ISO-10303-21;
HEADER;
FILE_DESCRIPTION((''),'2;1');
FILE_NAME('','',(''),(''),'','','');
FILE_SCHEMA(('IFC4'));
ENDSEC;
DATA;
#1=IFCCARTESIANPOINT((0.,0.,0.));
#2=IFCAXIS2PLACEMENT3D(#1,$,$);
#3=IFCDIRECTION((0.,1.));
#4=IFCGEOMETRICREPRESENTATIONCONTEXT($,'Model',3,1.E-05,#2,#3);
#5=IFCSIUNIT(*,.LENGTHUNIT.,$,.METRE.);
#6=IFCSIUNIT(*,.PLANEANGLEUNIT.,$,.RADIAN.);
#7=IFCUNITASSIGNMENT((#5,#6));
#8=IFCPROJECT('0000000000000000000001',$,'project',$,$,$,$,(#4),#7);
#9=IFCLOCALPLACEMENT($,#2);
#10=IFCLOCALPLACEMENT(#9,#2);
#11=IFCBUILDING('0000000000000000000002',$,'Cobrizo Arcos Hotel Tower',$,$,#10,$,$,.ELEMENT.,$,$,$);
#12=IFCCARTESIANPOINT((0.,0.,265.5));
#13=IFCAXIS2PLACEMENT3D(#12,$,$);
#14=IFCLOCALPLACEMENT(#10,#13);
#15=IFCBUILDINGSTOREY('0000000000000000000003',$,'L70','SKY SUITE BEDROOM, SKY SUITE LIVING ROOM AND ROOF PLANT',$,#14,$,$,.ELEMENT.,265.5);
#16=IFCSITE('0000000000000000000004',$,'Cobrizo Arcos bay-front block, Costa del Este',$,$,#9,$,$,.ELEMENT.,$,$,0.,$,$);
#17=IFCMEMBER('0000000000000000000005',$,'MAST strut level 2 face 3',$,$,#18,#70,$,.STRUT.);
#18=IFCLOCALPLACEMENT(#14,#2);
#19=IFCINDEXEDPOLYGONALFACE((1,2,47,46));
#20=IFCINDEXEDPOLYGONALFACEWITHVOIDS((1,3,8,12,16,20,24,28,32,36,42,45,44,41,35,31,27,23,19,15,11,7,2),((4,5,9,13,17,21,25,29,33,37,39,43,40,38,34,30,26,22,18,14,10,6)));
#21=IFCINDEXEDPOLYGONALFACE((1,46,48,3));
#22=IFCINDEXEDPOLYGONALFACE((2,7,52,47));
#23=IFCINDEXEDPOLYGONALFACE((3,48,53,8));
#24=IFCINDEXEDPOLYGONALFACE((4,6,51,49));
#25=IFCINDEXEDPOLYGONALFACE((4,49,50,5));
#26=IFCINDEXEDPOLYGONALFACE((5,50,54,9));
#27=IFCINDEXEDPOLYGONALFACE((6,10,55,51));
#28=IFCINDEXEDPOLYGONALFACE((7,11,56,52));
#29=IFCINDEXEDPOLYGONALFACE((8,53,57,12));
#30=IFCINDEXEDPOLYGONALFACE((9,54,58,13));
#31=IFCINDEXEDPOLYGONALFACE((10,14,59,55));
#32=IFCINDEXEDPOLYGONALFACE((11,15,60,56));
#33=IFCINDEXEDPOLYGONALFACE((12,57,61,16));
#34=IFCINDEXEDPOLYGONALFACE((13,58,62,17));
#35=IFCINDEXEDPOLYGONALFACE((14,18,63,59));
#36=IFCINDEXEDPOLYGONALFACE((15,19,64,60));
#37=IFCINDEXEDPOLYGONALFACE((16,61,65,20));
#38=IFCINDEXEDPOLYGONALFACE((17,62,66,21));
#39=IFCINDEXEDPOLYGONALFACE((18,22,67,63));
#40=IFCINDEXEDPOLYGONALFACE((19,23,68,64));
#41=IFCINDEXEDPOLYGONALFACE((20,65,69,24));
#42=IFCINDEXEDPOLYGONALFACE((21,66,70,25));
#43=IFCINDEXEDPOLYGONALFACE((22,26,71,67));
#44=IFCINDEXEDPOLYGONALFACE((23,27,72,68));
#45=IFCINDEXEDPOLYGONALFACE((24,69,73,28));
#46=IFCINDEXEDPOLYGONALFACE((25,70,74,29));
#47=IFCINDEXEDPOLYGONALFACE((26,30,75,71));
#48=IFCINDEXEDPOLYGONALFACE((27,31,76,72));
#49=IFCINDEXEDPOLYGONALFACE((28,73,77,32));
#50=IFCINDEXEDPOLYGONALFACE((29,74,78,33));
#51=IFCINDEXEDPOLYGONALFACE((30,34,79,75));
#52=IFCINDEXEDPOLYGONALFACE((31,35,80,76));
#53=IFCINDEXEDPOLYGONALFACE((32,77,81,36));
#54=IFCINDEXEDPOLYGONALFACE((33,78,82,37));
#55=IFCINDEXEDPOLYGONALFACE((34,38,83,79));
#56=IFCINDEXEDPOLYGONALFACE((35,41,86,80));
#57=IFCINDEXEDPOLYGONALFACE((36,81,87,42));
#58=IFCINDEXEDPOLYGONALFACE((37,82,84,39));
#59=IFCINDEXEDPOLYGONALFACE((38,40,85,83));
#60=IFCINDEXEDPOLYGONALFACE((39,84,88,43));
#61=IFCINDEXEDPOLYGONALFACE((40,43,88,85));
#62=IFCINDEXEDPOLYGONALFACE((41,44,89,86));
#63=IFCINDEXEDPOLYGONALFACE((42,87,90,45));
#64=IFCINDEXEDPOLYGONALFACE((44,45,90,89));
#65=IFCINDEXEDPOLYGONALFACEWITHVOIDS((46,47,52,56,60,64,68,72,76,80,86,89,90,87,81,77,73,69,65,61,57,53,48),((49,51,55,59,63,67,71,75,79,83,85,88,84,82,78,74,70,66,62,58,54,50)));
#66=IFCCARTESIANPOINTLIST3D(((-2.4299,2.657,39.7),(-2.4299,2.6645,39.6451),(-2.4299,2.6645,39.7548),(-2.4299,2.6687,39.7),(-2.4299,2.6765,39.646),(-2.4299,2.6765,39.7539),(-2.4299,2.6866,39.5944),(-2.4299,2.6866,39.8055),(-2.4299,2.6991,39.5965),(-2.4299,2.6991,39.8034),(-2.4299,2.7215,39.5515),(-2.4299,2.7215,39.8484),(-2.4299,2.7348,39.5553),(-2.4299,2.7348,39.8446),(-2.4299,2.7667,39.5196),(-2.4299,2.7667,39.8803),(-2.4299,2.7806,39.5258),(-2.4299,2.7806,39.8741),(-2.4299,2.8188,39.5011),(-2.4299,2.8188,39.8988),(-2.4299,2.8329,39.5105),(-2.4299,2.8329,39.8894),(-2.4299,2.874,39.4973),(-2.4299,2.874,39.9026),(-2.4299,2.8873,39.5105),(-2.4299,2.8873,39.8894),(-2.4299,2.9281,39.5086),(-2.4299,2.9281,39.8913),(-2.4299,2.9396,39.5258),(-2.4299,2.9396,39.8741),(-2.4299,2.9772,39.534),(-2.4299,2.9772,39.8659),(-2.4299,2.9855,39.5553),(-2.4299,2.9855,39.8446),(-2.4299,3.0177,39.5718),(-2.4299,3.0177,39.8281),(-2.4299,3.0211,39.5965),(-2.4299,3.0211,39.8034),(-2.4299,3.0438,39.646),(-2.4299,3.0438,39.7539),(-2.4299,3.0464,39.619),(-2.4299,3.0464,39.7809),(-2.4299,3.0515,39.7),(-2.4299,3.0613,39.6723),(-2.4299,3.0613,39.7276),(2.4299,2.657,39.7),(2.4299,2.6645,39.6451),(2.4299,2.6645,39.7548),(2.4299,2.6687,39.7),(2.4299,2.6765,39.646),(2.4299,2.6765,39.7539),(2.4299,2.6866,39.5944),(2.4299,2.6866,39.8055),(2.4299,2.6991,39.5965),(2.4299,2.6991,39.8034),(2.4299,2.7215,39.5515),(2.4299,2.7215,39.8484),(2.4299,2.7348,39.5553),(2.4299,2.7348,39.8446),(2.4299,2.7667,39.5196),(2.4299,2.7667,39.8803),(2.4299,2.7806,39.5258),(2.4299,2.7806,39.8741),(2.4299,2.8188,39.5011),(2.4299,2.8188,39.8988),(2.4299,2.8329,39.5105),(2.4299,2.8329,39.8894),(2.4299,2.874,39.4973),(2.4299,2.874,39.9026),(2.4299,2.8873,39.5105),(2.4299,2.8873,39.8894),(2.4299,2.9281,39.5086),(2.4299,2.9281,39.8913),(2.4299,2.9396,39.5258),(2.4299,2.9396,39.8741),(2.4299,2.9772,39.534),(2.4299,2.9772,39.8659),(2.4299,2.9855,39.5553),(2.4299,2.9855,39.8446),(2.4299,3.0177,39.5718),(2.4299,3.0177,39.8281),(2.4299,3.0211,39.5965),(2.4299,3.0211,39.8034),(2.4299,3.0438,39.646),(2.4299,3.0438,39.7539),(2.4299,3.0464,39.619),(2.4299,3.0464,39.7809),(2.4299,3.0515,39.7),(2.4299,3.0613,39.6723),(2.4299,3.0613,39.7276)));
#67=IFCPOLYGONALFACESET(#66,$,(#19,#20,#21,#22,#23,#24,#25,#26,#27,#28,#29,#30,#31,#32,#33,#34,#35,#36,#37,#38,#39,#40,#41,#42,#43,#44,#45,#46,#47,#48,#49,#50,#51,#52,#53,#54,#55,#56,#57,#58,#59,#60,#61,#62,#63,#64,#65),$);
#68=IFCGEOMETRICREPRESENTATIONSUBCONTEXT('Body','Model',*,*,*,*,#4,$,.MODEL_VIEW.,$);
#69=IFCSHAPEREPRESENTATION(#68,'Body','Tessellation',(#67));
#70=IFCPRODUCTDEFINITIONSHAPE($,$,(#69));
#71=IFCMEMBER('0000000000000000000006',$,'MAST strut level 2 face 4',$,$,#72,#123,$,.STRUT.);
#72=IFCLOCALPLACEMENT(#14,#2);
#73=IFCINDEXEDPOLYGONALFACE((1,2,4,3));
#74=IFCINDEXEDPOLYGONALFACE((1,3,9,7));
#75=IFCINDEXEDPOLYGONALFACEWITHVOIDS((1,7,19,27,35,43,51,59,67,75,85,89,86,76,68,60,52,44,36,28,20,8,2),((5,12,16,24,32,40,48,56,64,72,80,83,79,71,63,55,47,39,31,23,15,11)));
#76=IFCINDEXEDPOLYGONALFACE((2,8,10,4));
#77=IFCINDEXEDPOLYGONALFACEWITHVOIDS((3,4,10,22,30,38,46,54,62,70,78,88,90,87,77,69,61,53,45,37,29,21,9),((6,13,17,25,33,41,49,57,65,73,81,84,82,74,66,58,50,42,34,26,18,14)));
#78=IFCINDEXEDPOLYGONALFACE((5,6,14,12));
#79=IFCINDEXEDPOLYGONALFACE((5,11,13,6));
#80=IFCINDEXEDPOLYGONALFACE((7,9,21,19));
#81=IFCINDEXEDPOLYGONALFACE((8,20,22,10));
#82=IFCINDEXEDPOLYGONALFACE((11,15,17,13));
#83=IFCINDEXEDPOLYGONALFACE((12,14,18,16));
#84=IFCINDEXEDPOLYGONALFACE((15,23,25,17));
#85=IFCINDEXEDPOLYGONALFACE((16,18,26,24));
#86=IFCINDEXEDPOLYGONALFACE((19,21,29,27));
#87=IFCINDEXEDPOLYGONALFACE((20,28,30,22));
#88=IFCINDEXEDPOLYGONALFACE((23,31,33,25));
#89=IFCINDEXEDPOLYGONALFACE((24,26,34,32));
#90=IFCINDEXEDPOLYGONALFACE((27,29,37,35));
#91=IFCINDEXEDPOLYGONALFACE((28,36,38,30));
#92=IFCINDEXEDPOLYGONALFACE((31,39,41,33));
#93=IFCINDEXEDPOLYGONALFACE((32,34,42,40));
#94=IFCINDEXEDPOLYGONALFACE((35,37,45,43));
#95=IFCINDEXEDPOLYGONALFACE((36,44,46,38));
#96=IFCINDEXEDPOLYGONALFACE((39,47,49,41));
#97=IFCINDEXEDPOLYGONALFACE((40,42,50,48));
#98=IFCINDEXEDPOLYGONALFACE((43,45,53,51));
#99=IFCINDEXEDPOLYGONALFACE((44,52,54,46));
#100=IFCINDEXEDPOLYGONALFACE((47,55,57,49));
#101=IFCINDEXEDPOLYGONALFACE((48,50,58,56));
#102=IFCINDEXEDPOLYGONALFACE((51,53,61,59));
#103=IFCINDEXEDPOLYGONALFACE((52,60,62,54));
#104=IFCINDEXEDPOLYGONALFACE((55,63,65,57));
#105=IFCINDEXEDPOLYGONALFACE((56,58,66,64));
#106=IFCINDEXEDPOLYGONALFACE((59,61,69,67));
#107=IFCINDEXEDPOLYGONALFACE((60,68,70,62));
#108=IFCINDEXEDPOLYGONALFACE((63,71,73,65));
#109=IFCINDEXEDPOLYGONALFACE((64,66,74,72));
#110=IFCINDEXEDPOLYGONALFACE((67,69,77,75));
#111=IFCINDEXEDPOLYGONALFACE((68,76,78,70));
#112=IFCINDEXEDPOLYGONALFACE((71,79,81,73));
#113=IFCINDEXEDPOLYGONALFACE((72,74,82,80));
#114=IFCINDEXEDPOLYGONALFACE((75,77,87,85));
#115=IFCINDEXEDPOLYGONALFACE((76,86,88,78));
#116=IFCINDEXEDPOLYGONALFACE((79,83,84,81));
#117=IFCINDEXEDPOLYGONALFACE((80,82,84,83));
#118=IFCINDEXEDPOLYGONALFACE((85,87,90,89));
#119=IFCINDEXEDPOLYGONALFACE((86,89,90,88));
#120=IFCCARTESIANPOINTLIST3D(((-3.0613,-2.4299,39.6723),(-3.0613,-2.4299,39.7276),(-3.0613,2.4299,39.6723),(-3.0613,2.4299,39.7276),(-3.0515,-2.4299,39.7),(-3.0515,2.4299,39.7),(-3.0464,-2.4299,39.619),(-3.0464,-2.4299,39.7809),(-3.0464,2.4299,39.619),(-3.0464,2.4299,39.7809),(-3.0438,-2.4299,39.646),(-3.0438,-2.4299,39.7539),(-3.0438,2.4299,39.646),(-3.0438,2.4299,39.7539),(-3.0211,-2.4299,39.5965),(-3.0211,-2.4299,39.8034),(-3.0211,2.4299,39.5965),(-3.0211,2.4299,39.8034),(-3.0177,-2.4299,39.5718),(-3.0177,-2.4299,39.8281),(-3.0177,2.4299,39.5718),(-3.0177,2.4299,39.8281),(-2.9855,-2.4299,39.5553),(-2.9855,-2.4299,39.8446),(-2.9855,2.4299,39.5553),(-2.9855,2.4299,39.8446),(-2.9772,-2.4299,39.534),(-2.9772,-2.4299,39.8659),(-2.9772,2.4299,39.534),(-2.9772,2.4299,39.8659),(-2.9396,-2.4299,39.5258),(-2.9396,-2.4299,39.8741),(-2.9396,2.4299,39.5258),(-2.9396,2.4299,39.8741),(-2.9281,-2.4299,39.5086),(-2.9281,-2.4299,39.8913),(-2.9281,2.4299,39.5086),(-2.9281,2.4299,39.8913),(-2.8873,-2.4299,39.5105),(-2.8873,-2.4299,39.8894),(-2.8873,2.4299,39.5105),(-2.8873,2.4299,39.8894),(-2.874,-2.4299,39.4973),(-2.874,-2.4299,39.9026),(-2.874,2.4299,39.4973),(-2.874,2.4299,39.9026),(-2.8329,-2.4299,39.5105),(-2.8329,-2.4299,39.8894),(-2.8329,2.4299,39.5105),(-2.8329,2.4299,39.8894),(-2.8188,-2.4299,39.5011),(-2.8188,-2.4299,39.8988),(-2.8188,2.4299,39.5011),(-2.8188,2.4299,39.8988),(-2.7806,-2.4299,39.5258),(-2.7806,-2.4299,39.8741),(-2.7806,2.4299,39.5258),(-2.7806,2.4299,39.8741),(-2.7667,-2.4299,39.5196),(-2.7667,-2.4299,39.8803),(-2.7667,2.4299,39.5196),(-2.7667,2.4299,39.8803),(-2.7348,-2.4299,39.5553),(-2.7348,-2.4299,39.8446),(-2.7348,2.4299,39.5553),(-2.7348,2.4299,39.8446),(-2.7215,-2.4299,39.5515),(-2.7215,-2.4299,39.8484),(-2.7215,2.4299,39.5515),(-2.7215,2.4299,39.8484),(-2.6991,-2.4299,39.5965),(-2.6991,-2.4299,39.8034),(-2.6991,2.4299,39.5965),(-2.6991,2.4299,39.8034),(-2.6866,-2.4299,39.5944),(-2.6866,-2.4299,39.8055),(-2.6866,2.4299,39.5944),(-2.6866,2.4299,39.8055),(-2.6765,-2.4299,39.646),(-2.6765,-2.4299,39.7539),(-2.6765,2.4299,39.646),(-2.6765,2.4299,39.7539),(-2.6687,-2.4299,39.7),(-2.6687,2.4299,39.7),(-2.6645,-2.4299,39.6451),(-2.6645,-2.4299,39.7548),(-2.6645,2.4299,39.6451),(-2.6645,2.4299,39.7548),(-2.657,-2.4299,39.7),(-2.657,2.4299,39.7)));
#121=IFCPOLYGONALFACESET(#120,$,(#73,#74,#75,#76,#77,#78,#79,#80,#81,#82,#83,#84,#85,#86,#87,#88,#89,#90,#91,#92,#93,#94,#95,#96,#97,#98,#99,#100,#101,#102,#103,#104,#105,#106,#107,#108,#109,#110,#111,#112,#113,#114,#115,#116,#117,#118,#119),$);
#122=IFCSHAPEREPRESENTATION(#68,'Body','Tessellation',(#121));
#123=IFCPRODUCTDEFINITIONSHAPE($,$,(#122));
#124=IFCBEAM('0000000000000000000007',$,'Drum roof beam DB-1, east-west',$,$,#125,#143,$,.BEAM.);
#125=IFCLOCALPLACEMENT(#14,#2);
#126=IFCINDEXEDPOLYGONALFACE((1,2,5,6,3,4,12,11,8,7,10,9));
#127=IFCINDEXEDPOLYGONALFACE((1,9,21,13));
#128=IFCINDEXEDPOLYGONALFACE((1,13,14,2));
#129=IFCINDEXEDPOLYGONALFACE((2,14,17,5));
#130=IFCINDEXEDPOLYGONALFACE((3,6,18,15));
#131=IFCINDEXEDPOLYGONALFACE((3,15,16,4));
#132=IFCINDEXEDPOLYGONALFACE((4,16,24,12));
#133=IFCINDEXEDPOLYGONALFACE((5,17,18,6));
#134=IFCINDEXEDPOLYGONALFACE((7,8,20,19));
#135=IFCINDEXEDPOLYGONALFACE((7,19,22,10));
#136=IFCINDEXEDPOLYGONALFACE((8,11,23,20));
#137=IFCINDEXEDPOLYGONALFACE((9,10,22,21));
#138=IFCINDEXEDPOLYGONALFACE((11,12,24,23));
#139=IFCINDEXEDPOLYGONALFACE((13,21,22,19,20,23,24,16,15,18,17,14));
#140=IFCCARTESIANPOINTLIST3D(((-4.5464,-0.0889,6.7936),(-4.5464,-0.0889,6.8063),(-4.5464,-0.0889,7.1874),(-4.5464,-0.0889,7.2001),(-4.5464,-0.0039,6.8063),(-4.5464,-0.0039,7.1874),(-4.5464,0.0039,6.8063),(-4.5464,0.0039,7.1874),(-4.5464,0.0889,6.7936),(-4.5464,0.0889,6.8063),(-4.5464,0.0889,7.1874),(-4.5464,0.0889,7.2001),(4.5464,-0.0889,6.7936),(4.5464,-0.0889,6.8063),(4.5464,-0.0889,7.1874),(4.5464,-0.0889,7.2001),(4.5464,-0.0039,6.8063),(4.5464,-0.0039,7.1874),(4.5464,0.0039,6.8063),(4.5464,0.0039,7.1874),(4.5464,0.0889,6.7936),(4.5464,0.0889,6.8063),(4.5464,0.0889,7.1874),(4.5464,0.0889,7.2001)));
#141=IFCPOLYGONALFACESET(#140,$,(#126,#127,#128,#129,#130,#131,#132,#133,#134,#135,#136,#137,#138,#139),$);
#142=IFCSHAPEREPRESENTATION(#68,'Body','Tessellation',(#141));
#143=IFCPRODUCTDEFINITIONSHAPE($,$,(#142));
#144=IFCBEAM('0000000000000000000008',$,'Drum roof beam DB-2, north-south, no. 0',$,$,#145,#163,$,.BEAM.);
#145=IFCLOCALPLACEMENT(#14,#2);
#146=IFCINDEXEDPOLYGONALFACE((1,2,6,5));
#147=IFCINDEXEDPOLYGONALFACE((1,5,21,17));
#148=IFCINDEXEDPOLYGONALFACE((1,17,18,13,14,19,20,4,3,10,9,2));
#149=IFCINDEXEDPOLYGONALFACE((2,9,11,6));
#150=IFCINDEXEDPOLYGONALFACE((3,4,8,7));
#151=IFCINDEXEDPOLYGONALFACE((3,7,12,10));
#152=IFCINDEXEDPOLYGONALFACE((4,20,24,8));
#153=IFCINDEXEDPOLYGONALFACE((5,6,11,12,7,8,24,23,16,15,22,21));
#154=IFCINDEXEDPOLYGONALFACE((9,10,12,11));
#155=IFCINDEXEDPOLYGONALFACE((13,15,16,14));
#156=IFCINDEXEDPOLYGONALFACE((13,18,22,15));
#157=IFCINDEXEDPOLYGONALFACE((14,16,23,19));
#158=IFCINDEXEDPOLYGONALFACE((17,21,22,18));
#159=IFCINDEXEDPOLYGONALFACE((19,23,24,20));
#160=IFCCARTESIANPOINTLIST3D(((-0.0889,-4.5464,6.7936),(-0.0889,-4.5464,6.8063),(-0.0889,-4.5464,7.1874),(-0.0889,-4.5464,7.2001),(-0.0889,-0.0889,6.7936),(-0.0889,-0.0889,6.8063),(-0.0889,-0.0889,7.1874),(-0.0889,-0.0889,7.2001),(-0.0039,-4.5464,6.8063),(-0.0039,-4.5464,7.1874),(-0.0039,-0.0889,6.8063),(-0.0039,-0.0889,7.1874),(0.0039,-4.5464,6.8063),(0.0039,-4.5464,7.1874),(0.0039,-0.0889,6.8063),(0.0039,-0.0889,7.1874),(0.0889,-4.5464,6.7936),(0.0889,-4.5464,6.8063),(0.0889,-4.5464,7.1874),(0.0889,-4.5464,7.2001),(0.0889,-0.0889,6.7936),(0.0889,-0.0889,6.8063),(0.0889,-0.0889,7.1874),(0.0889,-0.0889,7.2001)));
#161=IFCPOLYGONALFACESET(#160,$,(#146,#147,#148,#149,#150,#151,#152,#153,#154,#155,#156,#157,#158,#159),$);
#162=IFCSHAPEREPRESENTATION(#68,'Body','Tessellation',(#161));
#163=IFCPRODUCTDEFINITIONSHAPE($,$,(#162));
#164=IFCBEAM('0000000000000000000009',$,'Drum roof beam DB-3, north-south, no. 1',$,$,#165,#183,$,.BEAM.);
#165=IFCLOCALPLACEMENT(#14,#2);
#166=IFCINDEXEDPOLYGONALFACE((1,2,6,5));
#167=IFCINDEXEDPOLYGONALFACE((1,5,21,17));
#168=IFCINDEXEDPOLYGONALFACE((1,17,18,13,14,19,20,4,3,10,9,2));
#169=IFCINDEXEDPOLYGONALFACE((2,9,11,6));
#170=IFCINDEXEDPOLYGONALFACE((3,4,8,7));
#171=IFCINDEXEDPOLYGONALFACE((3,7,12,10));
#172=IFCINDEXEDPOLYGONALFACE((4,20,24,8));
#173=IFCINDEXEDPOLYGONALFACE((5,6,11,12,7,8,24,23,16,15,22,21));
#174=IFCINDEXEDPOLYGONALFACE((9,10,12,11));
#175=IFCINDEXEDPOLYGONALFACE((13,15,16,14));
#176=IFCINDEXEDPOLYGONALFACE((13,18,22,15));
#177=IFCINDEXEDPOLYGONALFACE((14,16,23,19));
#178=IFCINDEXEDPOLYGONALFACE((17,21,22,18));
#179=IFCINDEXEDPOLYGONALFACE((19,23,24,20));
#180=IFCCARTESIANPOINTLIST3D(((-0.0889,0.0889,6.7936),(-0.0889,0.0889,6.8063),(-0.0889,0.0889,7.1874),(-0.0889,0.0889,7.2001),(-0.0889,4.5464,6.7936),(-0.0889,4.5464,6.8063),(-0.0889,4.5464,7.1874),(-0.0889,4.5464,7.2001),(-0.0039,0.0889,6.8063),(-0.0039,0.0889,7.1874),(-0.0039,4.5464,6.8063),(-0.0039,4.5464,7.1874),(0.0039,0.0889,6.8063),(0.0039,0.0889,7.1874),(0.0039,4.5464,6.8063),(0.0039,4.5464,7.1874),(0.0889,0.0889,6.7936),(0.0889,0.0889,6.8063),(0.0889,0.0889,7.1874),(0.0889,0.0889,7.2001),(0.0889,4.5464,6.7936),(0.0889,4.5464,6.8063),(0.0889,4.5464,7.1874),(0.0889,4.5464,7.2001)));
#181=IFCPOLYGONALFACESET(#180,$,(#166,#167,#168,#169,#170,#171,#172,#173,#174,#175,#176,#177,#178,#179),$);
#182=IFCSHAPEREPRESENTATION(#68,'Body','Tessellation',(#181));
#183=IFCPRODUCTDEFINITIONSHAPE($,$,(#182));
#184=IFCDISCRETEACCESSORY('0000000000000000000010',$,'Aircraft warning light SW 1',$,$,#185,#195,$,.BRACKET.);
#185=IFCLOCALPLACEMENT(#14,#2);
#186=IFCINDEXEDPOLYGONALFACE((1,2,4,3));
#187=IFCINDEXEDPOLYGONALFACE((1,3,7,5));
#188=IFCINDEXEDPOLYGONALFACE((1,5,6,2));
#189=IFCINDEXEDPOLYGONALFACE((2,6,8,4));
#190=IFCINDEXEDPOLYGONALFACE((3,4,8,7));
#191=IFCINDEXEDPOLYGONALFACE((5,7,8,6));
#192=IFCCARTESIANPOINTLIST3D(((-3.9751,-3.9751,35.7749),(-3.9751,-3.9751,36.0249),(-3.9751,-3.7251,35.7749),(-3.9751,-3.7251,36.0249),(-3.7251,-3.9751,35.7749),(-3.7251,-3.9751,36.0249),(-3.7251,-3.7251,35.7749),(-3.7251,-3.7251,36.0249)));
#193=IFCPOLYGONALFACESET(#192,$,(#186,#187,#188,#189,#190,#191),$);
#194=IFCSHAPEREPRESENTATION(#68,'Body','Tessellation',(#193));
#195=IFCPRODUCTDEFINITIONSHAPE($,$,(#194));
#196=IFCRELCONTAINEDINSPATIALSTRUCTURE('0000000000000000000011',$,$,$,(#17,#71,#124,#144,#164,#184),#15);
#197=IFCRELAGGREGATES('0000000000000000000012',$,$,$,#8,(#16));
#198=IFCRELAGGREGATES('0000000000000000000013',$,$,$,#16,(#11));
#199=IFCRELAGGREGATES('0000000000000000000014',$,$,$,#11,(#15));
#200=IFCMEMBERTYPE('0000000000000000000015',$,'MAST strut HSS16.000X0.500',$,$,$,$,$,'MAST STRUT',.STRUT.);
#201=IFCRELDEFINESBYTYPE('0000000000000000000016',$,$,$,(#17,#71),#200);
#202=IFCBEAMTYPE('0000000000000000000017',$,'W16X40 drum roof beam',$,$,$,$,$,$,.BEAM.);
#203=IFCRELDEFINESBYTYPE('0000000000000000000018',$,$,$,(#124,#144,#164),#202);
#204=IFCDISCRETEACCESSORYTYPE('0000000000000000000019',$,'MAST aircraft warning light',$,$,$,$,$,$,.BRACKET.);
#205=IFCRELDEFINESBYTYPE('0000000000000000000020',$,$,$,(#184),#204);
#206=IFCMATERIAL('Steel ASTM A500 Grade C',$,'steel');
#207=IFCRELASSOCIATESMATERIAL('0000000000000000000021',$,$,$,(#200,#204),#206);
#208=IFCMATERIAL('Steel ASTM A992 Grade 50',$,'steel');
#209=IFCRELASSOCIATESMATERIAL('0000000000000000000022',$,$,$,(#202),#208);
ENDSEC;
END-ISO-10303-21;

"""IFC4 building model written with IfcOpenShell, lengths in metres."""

from ifc_helpers import new_model, si_unit, direction, frame, origin, origin_2d, place, context, subcontext, project, spatial, rectangle, hollow_circle, i_section, extrude, material, material_profile, profile_set, type_object, element, save


model = new_model("IFC4")

# Units and contexts
model_context = context("Model", 3, precision=1e-05, world=origin(), true_north=direction((0.0, 1.0)))
body_context = subcontext(model_context, "Body", "Model", "MODEL_VIEW")
ifc_project = project(units=[si_unit("LENGTHUNIT", "METRE"), si_unit("PLANEANGLEUNIT", "RADIAN")], contexts=[model_context])

# Site, building, storey
site_placement = place(None, origin())
site = spatial("IfcSite", under=ifc_project, at=site_placement, Name="Cobrizo Arcos bay-front block, Costa del Este", CompositionType="ELEMENT", RefElevation=0.0)
building_placement = place(site_placement, origin())
building = spatial("IfcBuilding", under=site, at=building_placement, Name="Cobrizo Arcos Hotel Tower", CompositionType="ELEMENT")
storey_placement = place(building_placement, frame((0.0, 0.0, 265.5)))
storey = spatial("IfcBuildingStorey", under=building, at=storey_placement, Name="L70", Description="SKY SUITE BEDROOM, SKY SUITE LIVING ROOM AND ROOF PLANT", CompositionType="ELEMENT", Elevation=265.5)

# Members
ifc_material_1 = material(Name="Steel ASTM A500 Grade C", Category="steel")
ifc_material_profile_1 = material_profile(ifc_material_1, hollow_circle(Radius=0.2031, WallThickness=0.0117, at=origin_2d()), Name="HSS16.000X0.500")
ifc_profile_set_1 = profile_set([ifc_material_profile_1], Name="Steel ASTM A500 Grade C")
member_type_1 = type_object("IfcMemberType", Name="MAST strut HSS16.000X0.500", ElementType="MAST STRUT", PredefinedType="STRUT", material=ifc_profile_set_1)
for number, where, z_axis, x_axis, name in (
    (1, (2.4299, 2.8601, 39.7), (-1.0, 0.0, 0.0), (0.0, -1.0, 0.0), "MAST strut level 2 face 3"),
    (2, (-2.8601, 2.4299, 39.7), (0.0, -1.0, 0.0), (1.0, 0.0, 0.0), "MAST strut level 2 face 4"),
):
    element("IfcMember", number, at=place(storey_placement, frame(where, z_axis=z_axis, x_axis=x_axis)), inside=storey, type_object=member_type_1, Name=name, PredefinedType="STRUT", context=body_context, shape_type="SweptSolid", body=[
        extrude(hollow_circle(Radius=0.2031, WallThickness=0.0117, at=origin_2d()), origin(), (0.0, 0.0, 1.0), 4.8599),
    ])

# Beams
ifc_material_2 = material(Name="Steel ASTM A992 Grade 50", Category="steel")
ifc_material_profile_2 = material_profile(ifc_material_2, i_section(OverallWidth=0.1777, OverallDepth=0.4065, WebThickness=0.0078, FlangeThickness=0.0127, at=origin_2d()), Name="W16X40")
ifc_profile_set_2 = profile_set([ifc_material_profile_2], Name="Steel ASTM A992 Grade 50")
beam_type = type_object("IfcBeamType", Name="W16X40 drum roof beam", PredefinedType="BEAM", material=ifc_profile_set_2)
beam_placement = place(storey_placement, frame((-4.5464, 0.0, 6.9968), z_axis=(1.0, 0.0, 0.0), x_axis=(0.0, 1.0, 0.0)))
element("IfcBeam", 3, at=beam_placement, inside=storey, type_object=beam_type, Name="Drum roof beam DB-1, east-west", PredefinedType="BEAM", context=body_context, shape_type="SweptSolid", body=[
    extrude(i_section(OverallWidth=0.1777, OverallDepth=0.4065, WebThickness=0.0078, FlangeThickness=0.0127, at=origin_2d()), origin(), (0.0, 0.0, 1.0), 9.0928),
])
for number, where, z_axis, x_axis, name in (
    (4, (0.0, -0.0889, 6.9968), (0.0, -1.0, 0.0), (1.0, 0.0, 0.0), "Drum roof beam DB-2, north-south, no. 0"),
    (5, (0.0, 0.0889, 6.9968), (0.0, 1.0, 0.0), (-1.0, 0.0, 0.0), "Drum roof beam DB-3, north-south, no. 1"),
):
    element("IfcBeam", number, at=place(storey_placement, frame(where, z_axis=z_axis, x_axis=x_axis)), inside=storey, type_object=beam_type, Name=name, PredefinedType="BEAM", context=body_context, shape_type="SweptSolid", body=[
        extrude(i_section(OverallWidth=0.1777, OverallDepth=0.4065, WebThickness=0.0078, FlangeThickness=0.0127, at=origin_2d()), origin(), (0.0, 0.0, 1.0), 4.4575),
    ])

# Discrete accessory
discrete_accessory_type = type_object("IfcDiscreteAccessoryType", Name="MAST aircraft warning light", PredefinedType="BRACKET", material=ifc_material_1)
for number, where, z_axis, x_axis, name in (
    (6, (-3.8501, -3.8501, 35.7749), (0.0, 0.0, 1.0), (1.0, 0.0, 0.0), "Aircraft warning light SW 1"),
):
    element("IfcDiscreteAccessory", number, at=place(storey_placement, frame(where, z_axis=z_axis, x_axis=x_axis)), inside=storey, type_object=discrete_accessory_type, Name=name, PredefinedType="BRACKET", context=body_context, shape_type="SweptSolid", body=[
        extrude(rectangle(XDim=0.25, YDim=0.25, at=origin_2d()), origin(), (0.0, 0.0, 1.0), 0.25),
    ])

save(model, "model.ifc")
